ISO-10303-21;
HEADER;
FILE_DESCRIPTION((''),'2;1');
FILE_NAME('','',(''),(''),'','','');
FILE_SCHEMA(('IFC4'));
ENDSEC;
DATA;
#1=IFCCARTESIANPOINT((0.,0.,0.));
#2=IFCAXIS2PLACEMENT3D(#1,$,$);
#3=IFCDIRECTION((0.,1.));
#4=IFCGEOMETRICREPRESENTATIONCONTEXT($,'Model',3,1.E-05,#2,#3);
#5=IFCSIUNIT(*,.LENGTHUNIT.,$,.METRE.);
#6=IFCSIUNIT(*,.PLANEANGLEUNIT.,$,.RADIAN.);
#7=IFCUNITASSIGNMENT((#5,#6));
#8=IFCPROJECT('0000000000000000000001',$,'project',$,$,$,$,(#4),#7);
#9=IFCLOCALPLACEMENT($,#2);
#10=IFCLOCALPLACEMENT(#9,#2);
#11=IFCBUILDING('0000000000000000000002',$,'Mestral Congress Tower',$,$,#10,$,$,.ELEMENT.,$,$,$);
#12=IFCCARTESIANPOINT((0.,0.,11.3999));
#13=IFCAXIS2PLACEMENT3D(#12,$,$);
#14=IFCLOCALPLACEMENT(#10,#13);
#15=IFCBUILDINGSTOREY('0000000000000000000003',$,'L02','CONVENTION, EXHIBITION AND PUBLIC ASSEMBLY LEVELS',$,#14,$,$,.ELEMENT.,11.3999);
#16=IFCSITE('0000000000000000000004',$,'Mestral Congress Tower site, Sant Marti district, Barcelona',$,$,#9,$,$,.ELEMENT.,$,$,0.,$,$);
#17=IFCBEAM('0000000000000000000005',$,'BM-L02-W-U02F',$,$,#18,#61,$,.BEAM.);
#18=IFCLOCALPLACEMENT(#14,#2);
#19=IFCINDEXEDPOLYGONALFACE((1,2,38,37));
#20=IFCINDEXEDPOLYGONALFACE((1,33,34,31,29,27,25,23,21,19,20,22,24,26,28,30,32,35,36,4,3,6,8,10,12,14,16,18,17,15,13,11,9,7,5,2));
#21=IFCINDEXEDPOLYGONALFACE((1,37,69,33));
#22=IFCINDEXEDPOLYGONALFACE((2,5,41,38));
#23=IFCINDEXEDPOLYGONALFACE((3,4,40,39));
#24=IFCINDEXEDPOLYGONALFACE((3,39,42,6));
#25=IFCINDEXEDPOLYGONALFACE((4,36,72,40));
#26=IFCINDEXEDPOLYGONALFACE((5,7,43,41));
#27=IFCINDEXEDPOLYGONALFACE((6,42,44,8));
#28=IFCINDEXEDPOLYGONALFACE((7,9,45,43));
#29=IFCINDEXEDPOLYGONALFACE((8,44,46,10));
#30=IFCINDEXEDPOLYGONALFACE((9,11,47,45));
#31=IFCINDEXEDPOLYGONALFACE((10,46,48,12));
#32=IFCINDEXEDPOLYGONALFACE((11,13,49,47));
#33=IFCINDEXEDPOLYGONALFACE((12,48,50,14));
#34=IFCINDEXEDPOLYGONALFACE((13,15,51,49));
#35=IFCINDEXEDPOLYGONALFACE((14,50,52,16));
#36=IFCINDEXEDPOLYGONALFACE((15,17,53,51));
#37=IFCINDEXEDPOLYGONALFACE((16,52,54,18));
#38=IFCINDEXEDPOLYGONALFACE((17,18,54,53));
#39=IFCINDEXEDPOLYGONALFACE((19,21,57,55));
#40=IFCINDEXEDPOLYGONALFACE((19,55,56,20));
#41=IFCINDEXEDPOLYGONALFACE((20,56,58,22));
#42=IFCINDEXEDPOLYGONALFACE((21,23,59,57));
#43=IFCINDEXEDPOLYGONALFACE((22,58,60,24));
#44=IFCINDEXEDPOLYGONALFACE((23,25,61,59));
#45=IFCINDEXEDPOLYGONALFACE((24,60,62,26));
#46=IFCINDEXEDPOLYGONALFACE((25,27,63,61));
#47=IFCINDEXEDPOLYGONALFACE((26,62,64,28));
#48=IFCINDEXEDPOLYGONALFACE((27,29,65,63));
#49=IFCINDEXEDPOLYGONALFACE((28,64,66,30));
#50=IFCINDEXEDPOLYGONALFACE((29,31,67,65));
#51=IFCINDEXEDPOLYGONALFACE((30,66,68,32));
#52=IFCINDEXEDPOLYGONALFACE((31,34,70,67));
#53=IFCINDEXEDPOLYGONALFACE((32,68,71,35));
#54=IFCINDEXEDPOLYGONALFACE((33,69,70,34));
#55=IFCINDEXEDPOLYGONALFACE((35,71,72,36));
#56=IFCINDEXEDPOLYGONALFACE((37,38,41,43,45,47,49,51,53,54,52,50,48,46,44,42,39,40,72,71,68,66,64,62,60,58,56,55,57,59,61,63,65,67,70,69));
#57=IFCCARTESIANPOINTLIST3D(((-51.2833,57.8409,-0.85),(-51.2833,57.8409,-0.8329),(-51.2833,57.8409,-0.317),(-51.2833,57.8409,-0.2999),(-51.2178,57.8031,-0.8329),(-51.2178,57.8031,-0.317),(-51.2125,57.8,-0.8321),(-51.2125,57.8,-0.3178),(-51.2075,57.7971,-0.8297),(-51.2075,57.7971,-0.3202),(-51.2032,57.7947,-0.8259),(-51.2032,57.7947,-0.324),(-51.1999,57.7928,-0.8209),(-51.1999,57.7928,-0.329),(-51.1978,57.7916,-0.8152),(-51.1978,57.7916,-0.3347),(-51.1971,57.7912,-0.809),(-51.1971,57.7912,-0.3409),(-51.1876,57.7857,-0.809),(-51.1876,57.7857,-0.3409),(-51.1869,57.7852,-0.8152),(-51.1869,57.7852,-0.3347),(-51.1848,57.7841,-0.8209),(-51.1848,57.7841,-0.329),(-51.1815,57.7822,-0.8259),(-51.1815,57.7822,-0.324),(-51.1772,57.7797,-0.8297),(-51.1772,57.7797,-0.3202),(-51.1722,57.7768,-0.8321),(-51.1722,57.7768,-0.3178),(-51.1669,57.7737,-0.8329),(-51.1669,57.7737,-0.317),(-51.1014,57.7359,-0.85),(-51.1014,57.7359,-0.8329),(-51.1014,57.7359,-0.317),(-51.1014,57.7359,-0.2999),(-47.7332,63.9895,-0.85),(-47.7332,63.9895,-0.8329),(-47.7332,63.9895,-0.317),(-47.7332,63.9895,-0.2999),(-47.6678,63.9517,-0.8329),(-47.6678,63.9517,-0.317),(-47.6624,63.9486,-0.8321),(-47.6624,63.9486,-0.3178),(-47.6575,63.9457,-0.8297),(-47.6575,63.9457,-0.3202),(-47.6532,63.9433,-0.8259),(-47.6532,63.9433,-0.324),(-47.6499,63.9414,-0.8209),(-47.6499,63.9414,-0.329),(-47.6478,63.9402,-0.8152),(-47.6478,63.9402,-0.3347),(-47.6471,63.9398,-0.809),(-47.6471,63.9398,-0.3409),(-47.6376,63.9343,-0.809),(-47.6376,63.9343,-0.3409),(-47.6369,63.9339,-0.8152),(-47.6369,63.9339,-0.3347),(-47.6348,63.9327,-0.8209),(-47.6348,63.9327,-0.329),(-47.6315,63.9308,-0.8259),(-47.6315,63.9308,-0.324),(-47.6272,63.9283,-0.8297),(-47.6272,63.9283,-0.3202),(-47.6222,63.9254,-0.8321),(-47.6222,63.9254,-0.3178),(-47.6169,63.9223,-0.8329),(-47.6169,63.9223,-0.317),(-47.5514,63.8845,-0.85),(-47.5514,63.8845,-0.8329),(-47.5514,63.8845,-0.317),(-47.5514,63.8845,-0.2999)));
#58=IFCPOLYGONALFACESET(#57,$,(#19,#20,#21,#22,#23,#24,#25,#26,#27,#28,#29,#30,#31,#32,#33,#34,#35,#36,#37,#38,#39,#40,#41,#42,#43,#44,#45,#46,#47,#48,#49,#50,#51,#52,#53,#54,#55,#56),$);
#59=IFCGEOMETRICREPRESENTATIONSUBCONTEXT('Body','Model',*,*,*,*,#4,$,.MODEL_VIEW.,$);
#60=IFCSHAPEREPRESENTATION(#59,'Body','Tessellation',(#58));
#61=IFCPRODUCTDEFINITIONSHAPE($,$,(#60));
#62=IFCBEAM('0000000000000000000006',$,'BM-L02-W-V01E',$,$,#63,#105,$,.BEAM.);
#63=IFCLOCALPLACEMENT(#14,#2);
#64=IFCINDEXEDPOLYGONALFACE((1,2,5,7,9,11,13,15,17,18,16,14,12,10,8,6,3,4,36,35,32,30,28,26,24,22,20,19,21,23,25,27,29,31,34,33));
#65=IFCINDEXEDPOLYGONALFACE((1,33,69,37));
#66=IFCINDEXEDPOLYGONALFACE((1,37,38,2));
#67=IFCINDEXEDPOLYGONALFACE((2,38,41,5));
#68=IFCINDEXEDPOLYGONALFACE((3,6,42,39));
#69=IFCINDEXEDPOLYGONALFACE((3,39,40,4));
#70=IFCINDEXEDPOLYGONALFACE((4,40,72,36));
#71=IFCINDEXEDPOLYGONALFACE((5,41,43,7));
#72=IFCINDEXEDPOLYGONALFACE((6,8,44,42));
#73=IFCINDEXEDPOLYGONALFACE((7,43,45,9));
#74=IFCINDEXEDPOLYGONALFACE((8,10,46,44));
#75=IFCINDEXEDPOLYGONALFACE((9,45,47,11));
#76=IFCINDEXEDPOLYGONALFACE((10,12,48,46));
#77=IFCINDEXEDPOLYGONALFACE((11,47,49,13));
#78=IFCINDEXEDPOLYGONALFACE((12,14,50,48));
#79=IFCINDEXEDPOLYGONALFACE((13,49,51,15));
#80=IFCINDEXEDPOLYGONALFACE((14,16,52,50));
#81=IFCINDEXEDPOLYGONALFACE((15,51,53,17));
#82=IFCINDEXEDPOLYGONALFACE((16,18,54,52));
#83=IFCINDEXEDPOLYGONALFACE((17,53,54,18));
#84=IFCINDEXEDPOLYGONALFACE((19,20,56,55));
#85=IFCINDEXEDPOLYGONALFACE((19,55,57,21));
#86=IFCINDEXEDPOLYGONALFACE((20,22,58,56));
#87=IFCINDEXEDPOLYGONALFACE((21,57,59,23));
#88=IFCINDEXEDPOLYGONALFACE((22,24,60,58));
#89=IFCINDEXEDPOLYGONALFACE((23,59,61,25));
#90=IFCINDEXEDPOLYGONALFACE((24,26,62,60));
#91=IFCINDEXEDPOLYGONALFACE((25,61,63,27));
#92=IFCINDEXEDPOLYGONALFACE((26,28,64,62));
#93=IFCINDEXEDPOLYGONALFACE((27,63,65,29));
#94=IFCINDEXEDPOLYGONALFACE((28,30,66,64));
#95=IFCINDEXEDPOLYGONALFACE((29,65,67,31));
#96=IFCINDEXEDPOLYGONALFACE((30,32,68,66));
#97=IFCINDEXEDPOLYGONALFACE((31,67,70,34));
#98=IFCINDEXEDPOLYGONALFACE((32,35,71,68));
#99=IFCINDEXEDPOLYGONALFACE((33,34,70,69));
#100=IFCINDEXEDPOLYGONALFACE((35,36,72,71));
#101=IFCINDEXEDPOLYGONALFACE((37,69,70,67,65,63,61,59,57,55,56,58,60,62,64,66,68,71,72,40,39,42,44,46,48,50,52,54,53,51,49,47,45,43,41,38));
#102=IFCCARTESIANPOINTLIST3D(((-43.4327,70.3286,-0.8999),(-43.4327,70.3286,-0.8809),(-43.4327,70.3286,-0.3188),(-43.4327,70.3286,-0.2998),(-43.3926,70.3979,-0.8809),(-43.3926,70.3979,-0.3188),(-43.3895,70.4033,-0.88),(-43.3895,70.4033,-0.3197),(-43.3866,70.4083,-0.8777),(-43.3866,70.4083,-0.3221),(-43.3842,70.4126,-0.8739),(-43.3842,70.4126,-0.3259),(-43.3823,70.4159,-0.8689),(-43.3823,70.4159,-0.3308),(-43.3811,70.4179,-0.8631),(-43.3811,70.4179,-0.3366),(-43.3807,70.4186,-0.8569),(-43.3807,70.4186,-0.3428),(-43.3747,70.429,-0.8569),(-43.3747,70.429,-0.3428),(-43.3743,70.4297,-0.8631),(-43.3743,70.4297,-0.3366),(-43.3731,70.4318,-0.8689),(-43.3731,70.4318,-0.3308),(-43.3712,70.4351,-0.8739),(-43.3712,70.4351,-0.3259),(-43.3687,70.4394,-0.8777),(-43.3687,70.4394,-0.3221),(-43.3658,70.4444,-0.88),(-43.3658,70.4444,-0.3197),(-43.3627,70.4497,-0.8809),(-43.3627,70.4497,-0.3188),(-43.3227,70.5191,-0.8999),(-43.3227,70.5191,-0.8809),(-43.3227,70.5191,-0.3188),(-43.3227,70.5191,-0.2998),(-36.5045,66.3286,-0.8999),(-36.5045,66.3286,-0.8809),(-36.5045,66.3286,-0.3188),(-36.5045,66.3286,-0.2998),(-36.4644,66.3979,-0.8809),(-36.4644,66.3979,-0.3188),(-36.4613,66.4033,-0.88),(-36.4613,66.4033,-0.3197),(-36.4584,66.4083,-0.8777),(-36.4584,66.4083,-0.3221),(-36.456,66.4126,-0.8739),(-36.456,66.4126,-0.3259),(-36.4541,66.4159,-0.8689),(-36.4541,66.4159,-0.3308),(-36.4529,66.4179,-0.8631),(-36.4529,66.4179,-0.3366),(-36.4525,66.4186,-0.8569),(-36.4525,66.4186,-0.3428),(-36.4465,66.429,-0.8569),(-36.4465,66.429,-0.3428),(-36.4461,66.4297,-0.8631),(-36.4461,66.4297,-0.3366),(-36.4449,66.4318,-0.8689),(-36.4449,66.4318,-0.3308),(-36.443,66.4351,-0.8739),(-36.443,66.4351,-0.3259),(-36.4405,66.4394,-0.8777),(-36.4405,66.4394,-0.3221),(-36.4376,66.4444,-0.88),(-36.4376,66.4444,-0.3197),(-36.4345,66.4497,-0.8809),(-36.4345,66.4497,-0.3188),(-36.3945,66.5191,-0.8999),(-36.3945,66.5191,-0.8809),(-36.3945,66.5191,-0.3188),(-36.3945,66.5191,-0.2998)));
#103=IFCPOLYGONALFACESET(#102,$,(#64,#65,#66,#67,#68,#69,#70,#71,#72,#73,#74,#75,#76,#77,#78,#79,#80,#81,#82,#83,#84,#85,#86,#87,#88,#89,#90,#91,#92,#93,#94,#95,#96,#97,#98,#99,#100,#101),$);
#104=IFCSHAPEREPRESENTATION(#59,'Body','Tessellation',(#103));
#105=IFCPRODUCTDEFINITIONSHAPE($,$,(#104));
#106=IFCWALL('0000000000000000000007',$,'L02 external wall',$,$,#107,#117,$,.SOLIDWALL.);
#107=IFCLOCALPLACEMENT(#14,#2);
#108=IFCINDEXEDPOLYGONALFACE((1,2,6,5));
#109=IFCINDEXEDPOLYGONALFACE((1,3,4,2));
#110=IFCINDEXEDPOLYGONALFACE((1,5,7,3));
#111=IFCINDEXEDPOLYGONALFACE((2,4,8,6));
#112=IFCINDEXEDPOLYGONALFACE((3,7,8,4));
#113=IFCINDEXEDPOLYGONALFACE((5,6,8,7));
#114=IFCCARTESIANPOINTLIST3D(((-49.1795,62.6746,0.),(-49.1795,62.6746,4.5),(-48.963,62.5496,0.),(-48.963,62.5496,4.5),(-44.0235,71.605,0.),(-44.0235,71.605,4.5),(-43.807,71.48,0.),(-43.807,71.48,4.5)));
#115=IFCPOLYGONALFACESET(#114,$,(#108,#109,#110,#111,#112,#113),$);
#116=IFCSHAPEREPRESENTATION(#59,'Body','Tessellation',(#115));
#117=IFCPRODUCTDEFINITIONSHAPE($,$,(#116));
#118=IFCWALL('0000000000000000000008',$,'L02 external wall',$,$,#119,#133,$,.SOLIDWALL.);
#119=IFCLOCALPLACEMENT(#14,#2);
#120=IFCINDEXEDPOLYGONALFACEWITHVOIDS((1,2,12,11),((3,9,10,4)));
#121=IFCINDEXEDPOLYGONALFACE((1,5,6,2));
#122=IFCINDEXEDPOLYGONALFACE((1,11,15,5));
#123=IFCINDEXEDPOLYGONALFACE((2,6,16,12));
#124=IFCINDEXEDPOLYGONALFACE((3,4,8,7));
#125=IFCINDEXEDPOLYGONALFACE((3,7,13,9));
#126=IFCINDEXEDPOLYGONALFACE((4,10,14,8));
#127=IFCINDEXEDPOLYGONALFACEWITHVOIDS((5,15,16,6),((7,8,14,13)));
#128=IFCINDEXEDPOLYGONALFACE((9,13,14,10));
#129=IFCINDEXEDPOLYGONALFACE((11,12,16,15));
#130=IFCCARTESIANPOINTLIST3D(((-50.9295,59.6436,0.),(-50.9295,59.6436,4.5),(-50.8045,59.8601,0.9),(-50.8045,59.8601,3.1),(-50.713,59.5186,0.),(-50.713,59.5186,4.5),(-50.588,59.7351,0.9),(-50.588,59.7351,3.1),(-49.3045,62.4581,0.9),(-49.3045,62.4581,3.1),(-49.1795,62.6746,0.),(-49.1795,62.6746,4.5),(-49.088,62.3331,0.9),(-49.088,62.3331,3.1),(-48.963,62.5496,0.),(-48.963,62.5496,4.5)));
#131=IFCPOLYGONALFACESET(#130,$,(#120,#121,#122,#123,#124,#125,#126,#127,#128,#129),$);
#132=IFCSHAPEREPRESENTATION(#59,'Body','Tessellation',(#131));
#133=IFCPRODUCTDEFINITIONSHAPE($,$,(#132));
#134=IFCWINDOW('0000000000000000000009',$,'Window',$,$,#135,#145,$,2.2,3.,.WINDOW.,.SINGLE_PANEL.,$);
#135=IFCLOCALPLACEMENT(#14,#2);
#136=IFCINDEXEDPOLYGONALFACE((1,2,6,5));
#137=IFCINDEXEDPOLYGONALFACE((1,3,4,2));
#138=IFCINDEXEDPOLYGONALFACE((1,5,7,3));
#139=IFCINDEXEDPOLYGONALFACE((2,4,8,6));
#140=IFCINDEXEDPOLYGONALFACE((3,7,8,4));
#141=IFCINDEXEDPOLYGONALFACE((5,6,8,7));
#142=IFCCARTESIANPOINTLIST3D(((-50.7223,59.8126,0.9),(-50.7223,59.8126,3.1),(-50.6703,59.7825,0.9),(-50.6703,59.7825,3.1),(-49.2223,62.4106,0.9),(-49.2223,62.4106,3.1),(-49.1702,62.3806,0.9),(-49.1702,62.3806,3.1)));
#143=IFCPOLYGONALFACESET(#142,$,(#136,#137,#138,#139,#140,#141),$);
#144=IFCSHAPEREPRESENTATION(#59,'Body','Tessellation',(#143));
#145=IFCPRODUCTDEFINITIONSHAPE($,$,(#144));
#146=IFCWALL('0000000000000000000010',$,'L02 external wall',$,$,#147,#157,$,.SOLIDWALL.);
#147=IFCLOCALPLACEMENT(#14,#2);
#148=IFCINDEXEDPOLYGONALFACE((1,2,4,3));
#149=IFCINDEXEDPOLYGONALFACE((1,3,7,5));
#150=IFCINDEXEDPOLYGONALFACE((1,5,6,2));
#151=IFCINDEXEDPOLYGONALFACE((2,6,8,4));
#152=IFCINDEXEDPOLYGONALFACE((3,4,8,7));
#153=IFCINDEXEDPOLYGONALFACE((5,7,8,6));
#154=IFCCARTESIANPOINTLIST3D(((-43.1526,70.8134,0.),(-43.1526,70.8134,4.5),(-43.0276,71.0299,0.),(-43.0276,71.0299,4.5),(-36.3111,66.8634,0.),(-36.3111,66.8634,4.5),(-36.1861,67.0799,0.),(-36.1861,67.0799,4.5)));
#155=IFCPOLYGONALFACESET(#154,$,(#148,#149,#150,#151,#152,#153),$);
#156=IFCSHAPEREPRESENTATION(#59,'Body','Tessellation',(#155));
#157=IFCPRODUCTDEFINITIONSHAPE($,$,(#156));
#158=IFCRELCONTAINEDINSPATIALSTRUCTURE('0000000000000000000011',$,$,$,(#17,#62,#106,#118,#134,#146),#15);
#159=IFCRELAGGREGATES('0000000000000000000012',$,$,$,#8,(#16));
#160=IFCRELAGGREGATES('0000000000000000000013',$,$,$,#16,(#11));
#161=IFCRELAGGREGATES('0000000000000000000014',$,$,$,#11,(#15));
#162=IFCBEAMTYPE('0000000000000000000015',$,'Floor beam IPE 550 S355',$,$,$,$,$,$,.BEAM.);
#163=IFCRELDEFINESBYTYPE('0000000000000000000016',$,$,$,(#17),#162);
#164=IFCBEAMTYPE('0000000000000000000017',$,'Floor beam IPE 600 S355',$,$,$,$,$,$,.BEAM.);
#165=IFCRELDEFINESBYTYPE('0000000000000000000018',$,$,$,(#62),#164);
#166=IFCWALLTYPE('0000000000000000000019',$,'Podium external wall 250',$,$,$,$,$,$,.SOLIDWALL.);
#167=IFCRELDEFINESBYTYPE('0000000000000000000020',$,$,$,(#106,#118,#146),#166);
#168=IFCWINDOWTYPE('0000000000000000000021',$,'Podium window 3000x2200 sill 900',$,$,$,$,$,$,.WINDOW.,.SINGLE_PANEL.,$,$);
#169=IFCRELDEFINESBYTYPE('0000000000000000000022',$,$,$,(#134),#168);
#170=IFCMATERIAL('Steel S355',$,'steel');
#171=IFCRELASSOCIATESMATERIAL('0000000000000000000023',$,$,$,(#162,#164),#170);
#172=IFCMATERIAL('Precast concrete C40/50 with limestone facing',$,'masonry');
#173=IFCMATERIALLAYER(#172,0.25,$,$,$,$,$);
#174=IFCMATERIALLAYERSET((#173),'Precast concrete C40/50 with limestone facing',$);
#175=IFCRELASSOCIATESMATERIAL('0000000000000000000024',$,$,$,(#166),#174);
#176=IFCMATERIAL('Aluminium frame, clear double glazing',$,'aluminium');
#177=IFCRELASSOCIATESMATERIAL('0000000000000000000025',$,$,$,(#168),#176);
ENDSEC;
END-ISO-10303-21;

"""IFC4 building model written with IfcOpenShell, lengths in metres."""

from ifc_helpers import new_model, si_unit, direction, frame, frame_2d, origin, origin_2d, place, context, subcontext, project, spatial, rectangle, i_section, extrude, material, layer, layer_set, material_profile, profile_set, type_object, element, fill, save


model = new_model("IFC4")

# Units and contexts
model_context = context("Model", 3, precision=1e-05, world=origin(), true_north=direction((0.0, 1.0)))
body_context = subcontext(model_context, "Body", "Model", "MODEL_VIEW")
ifc_project = project(units=[si_unit("LENGTHUNIT", "METRE"), si_unit("PLANEANGLEUNIT", "RADIAN")], contexts=[model_context])

# Site, building, storey
site_placement = place(None, origin())
site = spatial("IfcSite", under=ifc_project, at=site_placement, Name="Mestral Congress Tower site, Sant Marti district, Barcelona", CompositionType="ELEMENT", RefElevation=0.0)
building_placement = place(site_placement, origin())
building = spatial("IfcBuilding", under=site, at=building_placement, Name="Mestral Congress Tower", CompositionType="ELEMENT")
storey_placement = place(building_placement, frame((0.0, 0.0, 11.3999)))
storey = spatial("IfcBuildingStorey", under=building, at=storey_placement, Name="L02", Description="CONVENTION, EXHIBITION AND PUBLIC ASSEMBLY LEVELS", CompositionType="ELEMENT", Elevation=11.3999)

# Beams
ifc_material_1 = material(Name="Steel S355", Category="steel")
ifc_material_profile_1 = material_profile(ifc_material_1, i_section(OverallWidth=0.21, OverallDepth=0.55, WebThickness=0.011, FlangeThickness=0.0171, FilletRadius=0.0239, at=origin_2d()), Name="IPE 550")
ifc_profile_set_1 = profile_set([ifc_material_profile_1], Name="Steel S355")
beam_type_1 = type_object("IfcBeamType", Name="Floor beam IPE 550 S355", PredefinedType="BEAM", material=ifc_profile_set_1)
beam_1_placement = place(storey_placement, frame((-47.6423, 63.937, -0.575), z_axis=(-0.500011, -0.866019, 0.0), x_axis=(0.866019, -0.500011, 0.0)))
element("IfcBeam", 1, at=beam_1_placement, inside=storey, type_object=beam_type_1, Name="BM-L02-W-U02F", PredefinedType="BEAM", context=body_context, shape_type="SweptSolid", body=[
    extrude(i_section(OverallWidth=0.21, OverallDepth=0.55, WebThickness=0.011, FlangeThickness=0.0171, FilletRadius=0.0239, at=origin_2d()), origin(), (0.0, 0.0, 1.0), 7.0999),
])
ifc_material_profile_2 = material_profile(ifc_material_1, i_section(OverallWidth=0.22, OverallDepth=0.6001, WebThickness=0.012, FlangeThickness=0.019, FilletRadius=0.0239, at=origin_2d()), Name="IPE 600")
ifc_profile_set_2 = profile_set([ifc_material_profile_2], Name="Steel S355")
beam_type_2 = type_object("IfcBeamType", Name="Floor beam IPE 600 S355", PredefinedType="BEAM", material=ifc_profile_set_2)
beam_2_placement = place(storey_placement, frame((-36.4495, 66.4238, -0.5999), z_axis=(-0.866026, 0.499999, 0.0), x_axis=(-0.499999, -0.866026, 0.0)))
element("IfcBeam", 2, at=beam_2_placement, inside=storey, type_object=beam_type_2, Name="BM-L02-W-V01E", PredefinedType="BEAM", context=body_context, shape_type="SweptSolid", body=[
    extrude(i_section(OverallWidth=0.22, OverallDepth=0.6001, WebThickness=0.012, FlangeThickness=0.019, FilletRadius=0.0239, at=origin_2d()), origin(), (0.0, 0.0, 1.0), 8.0),
])

# Wall
ifc_material_2 = material(Name="Precast concrete C40/50 with limestone facing", Category="masonry")
ifc_layer_1 = layer(ifc_material_2, 0.25)
ifc_layer_set_1 = layer_set([ifc_layer_1], Name="Precast concrete C40/50 with limestone facing")
wall_type_1 = type_object("IfcWallType", Name="Podium external wall 250", PredefinedType="SOLIDWALL", material=ifc_layer_set_1)
wall_1_placement = place(storey_placement, frame((-49.0713, 62.6121, 0.0), z_axis=(0.0, 0.0, 1.0), x_axis=(0.500002, 0.866024, 0.0)))
element("IfcWall", 3, at=wall_1_placement, inside=storey, type_object=wall_type_1, Name="L02 external wall", PredefinedType="SOLIDWALL", context=body_context, shape_type="SweptSolid", body=[
    extrude(rectangle(XDim=10.312, YDim=0.25, at=frame_2d((5.156, 0.0))), origin(), (0.0, 0.0, 1.0), 4.5),
])

# Wall, opening, window
wall_2_placement = place(storey_placement, frame((-50.8213, 59.5811, 0.0), z_axis=(0.0, 0.0, 1.0), x_axis=(0.50001, 0.866019, 0.0)))
wall_2 = element("IfcWall", 4, at=wall_2_placement, inside=storey, type_object=wall_type_1, Name="L02 external wall", PredefinedType="SOLIDWALL", context=body_context, shape_type="SweptSolid", body=[
    extrude(rectangle(XDim=3.5, YDim=0.25, at=frame_2d((1.75, 0.0))), origin(), (0.0, 0.0, 1.0), 4.5),
])
opening_1_placement = place(wall_2_placement, frame((0.25, 0.0, 0.8999)))
opening_1 = element("IfcOpeningElement", 5, at=opening_1_placement, cuts=wall_2, PredefinedType="OPENING", context=body_context, shape_type="SweptSolid", body=[
    extrude(rectangle(XDim=3.0, YDim=2.2, at=frame_2d((1.5, 1.1001))), frame((0.0, 0.135, 0.0), z_axis=(0.0, -1.0, 0.0), x_axis=(1.0, 0.0, 0.0)), (0.0, 0.0, 1.0), 0.27),
])
ifc_material_3 = material(Name="Aluminium frame, clear double glazing", Category="aluminium")
window_type = type_object("IfcWindowType", Name="Podium window 3000x2200 sill 900", PartitioningType="SINGLE_PANEL", PredefinedType="WINDOW", material=ifc_material_3)
window_placement = place(opening_1_placement, origin())
window = element("IfcWindow", 6, at=window_placement, inside=storey, type_object=window_type, Name="Window", OverallHeight=2.2, OverallWidth=3.0, PartitioningType="SINGLE_PANEL", PredefinedType="WINDOW", context=body_context, shape_type="SweptSolid", body=[
    extrude(rectangle(XDim=3.0, YDim=2.2, at=frame_2d((1.5, 1.1001))), frame((0.0, 0.03, 0.0), z_axis=(0.0, -1.0, 0.0), x_axis=(1.0, 0.0, 0.0)), (0.0, 0.0, 1.0), 0.0601),
])
fill(opening_1, window)

# Wall
wall_3_placement = place(storey_placement, frame((-43.0901, 70.9216, 0.0), z_axis=(0.0, 0.0, 1.0), x_axis=(0.866027, -0.499998, 0.0)))
element("IfcWall", 7, at=wall_3_placement, inside=storey, type_object=wall_type_1, Name="L02 external wall", PredefinedType="SOLIDWALL", context=body_context, shape_type="SweptSolid", body=[
    extrude(rectangle(XDim=7.8999, YDim=0.25, at=frame_2d((3.95, 0.0))), origin(), (0.0, 0.0, 1.0), 4.5),
])

save(model, "model.ifc")
